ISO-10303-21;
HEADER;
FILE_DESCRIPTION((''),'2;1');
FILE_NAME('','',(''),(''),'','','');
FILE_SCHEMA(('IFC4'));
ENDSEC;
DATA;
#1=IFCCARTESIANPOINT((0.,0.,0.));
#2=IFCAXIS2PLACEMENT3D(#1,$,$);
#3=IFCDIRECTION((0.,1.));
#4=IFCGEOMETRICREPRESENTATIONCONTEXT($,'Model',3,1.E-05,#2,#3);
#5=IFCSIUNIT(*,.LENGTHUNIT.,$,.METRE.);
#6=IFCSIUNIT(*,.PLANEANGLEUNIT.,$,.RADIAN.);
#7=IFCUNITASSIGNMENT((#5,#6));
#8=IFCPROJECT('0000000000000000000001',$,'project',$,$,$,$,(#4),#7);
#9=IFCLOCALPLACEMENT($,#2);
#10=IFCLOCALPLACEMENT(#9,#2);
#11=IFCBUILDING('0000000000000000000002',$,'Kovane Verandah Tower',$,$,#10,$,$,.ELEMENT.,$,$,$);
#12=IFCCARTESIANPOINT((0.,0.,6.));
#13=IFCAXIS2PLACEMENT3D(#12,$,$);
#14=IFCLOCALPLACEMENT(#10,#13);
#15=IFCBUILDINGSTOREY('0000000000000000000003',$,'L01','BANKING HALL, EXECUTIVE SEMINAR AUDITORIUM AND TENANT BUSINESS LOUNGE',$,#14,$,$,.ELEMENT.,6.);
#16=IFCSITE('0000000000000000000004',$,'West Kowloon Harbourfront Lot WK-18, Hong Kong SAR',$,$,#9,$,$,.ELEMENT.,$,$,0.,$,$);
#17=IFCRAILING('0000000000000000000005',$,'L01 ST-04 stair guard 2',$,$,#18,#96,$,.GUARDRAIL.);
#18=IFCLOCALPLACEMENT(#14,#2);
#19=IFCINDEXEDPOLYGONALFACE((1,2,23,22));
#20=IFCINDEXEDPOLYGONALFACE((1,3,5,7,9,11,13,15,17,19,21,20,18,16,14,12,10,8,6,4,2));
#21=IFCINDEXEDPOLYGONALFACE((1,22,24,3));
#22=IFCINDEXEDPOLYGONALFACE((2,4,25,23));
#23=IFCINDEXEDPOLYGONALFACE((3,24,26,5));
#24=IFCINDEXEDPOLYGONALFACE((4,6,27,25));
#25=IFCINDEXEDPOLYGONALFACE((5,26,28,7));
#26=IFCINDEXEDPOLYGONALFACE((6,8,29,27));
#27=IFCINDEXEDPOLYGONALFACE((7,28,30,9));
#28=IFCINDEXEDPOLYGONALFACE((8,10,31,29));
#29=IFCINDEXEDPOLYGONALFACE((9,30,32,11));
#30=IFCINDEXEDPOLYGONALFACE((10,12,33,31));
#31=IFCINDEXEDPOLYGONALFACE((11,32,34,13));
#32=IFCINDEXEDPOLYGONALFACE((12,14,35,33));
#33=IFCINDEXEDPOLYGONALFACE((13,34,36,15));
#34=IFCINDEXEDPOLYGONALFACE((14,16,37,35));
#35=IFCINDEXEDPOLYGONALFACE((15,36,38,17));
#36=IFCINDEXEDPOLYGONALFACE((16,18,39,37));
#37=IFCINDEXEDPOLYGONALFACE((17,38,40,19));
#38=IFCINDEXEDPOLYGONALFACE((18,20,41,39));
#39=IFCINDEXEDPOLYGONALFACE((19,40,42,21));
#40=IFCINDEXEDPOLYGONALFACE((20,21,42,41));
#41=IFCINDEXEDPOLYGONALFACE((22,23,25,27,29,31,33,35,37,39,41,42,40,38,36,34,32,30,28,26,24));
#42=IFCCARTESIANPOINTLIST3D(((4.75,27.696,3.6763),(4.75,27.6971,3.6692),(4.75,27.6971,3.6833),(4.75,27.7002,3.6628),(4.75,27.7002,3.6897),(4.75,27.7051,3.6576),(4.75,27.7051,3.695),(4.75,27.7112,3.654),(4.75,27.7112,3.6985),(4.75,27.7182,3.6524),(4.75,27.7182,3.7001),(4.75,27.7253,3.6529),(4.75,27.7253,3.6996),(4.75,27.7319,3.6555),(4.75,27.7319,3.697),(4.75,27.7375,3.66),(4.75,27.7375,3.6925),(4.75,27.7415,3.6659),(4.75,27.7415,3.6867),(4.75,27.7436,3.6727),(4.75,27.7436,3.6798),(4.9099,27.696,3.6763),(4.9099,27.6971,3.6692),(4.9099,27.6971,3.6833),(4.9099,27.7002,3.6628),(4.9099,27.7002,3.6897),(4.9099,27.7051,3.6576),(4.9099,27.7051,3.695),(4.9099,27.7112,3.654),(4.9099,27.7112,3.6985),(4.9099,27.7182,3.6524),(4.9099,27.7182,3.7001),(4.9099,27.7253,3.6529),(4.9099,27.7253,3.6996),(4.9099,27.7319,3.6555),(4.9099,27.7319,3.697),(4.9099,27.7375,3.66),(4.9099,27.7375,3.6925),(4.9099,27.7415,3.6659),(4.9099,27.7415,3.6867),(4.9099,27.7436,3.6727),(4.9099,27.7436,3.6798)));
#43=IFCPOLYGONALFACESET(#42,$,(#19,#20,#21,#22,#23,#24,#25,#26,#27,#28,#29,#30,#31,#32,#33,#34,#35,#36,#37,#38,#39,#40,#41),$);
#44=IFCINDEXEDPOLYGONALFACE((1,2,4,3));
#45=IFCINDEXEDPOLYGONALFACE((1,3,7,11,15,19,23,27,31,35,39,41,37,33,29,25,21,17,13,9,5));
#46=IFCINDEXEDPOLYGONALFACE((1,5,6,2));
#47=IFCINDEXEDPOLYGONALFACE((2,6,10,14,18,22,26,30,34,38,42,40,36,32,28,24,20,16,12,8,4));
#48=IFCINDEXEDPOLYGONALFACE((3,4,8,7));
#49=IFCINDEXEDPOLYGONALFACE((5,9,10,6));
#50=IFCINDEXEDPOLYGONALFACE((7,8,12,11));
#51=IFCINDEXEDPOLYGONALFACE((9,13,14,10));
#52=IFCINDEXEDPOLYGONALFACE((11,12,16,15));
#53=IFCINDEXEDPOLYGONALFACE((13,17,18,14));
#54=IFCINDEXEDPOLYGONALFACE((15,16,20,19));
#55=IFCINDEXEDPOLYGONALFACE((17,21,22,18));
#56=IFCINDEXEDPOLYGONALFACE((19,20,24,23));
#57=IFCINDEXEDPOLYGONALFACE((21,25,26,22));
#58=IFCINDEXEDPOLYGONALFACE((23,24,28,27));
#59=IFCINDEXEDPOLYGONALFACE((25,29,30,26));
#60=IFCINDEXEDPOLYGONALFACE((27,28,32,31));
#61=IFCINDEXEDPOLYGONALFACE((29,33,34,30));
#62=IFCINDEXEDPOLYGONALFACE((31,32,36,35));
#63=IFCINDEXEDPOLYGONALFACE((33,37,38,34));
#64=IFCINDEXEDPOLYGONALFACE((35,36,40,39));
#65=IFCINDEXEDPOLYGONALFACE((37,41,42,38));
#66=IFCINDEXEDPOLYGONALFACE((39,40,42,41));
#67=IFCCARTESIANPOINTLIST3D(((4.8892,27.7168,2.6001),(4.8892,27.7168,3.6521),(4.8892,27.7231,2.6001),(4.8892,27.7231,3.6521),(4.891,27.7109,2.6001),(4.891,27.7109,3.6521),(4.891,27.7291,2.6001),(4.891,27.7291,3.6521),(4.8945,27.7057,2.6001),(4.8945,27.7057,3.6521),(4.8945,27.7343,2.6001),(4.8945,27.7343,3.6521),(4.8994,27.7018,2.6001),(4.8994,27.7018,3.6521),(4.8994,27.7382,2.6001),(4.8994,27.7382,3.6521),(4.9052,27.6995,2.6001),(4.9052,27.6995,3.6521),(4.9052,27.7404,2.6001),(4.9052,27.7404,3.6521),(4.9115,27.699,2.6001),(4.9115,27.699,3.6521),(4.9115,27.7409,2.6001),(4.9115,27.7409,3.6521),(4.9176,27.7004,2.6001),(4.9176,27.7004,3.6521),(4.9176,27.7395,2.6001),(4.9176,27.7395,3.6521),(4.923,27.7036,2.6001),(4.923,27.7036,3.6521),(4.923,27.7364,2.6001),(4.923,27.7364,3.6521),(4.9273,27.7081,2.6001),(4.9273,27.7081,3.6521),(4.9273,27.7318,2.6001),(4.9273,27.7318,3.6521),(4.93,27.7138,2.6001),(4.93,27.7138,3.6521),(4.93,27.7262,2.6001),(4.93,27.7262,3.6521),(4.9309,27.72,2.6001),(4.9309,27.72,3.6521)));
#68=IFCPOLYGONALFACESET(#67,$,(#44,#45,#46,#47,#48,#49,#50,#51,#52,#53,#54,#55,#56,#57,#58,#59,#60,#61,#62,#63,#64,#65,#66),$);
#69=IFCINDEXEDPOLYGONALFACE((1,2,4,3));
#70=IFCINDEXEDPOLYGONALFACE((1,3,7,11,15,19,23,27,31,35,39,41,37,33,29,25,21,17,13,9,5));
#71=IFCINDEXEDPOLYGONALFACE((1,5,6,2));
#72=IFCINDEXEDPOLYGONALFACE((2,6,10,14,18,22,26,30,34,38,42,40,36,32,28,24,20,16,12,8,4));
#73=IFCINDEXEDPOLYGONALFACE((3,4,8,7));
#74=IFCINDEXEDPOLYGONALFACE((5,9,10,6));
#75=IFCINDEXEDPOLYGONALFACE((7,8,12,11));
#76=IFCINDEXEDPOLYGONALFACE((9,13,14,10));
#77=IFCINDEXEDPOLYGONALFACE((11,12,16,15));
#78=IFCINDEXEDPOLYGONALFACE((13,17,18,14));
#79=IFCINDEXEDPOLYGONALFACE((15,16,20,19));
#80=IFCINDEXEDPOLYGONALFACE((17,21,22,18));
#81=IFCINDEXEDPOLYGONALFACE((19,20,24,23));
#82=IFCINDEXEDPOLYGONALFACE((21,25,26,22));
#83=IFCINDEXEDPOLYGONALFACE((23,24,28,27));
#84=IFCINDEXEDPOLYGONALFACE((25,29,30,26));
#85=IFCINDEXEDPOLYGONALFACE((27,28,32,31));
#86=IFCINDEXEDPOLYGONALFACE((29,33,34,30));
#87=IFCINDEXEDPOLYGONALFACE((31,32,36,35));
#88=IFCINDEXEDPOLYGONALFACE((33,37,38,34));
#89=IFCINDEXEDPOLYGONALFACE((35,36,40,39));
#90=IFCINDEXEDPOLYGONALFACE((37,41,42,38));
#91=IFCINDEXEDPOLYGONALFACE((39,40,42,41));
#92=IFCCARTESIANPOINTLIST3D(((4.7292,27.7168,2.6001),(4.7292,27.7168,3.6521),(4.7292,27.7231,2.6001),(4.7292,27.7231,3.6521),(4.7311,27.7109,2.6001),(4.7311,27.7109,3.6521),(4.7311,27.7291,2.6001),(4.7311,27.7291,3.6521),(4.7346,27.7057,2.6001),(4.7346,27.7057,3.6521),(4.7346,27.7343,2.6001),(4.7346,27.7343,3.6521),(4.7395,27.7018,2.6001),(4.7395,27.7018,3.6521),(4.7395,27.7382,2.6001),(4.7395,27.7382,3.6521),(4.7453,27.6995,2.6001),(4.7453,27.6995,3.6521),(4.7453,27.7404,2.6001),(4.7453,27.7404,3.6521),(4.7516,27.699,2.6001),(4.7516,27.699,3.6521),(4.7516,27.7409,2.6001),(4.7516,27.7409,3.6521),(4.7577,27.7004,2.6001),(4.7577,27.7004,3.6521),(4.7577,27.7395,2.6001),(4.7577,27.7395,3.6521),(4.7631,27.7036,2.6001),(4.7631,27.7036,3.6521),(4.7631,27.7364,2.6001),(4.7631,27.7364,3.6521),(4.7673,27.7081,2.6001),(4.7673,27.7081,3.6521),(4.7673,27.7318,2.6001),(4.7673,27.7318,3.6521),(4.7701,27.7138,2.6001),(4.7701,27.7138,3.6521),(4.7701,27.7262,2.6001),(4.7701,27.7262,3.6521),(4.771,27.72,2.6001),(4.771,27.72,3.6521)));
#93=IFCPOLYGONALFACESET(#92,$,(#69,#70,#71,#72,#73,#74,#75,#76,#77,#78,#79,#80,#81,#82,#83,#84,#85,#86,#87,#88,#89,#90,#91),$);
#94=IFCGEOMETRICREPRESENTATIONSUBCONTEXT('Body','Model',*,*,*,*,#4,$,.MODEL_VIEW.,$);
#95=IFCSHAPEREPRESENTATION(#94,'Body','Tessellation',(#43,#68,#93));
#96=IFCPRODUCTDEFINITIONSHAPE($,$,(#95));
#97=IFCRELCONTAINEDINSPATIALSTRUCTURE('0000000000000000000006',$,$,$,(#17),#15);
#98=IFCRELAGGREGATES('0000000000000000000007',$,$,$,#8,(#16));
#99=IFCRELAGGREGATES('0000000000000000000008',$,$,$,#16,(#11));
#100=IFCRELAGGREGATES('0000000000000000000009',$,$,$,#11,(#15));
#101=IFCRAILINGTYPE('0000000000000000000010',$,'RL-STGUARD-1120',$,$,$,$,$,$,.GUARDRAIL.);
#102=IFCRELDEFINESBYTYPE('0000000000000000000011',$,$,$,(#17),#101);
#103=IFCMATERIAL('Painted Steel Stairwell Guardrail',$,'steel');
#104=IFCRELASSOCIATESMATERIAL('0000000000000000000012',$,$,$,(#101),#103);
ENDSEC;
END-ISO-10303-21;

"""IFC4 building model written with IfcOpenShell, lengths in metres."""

from ifc_helpers import new_model, si_unit, direction, frame, origin, origin_2d, place, context, subcontext, project, spatial, circle, extrude, material, type_object, element, save


model = new_model("IFC4")

# Units and contexts
model_context = context("Model", 3, precision=1e-05, world=origin(), true_north=direction((0.0, 1.0)))
body_context = subcontext(model_context, "Body", "Model", "MODEL_VIEW")
ifc_project = project(units=[si_unit("LENGTHUNIT", "METRE"), si_unit("PLANEANGLEUNIT", "RADIAN")], contexts=[model_context])

# Site, building, storey
site_placement = place(None, origin())
site = spatial("IfcSite", under=ifc_project, at=site_placement, Name="West Kowloon Harbourfront Lot WK-18, Hong Kong SAR", CompositionType="ELEMENT", RefElevation=0.0)
building_placement = place(site_placement, origin())
building = spatial("IfcBuilding", under=site, at=building_placement, Name="Kovane Verandah Tower", CompositionType="ELEMENT")
storey_placement = place(building_placement, frame((0.0, 0.0, 6.0)))
storey = spatial("IfcBuildingStorey", under=building, at=storey_placement, Name="L01", Description="BANKING HALL, EXECUTIVE SEMINAR AUDITORIUM AND TENANT BUSINESS LOUNGE", CompositionType="ELEMENT", Elevation=6.0)

# Railing
ifc_material_1 = material(Name="Painted Steel Stairwell Guardrail", Category="steel")
railing_type_1 = type_object("IfcRailingType", Name="RL-STGUARD-1120", PredefinedType="GUARDRAIL", material=ifc_material_1)
railing_1_placement = place(storey_placement, frame((4.9099, 27.72, 2.6001)))
element("IfcRailing", 1, at=railing_1_placement, inside=storey, type_object=railing_type_1, Name="L01 ST-04 stair guard 2", PredefinedType="GUARDRAIL", context=body_context, shape_type="SweptSolid", body=[
    extrude(circle(Radius=0.0239, at=origin_2d()), frame((0.0, 0.0, 1.0762), z_axis=(-1.0, 0.0, 0.0), x_axis=(0.0, -1.0, 0.0)), (0.0, 0.0, 1.0), 0.1599),
    extrude(circle(Radius=0.021, at=origin_2d()), origin(), (0.0, 0.0, 1.0), 1.052),
    extrude(circle(Radius=0.021, at=origin_2d()), frame((-0.1599, 0.0, 0.0)), (0.0, 0.0, 1.0), 1.052),
])

save(model, "model.ifc")
